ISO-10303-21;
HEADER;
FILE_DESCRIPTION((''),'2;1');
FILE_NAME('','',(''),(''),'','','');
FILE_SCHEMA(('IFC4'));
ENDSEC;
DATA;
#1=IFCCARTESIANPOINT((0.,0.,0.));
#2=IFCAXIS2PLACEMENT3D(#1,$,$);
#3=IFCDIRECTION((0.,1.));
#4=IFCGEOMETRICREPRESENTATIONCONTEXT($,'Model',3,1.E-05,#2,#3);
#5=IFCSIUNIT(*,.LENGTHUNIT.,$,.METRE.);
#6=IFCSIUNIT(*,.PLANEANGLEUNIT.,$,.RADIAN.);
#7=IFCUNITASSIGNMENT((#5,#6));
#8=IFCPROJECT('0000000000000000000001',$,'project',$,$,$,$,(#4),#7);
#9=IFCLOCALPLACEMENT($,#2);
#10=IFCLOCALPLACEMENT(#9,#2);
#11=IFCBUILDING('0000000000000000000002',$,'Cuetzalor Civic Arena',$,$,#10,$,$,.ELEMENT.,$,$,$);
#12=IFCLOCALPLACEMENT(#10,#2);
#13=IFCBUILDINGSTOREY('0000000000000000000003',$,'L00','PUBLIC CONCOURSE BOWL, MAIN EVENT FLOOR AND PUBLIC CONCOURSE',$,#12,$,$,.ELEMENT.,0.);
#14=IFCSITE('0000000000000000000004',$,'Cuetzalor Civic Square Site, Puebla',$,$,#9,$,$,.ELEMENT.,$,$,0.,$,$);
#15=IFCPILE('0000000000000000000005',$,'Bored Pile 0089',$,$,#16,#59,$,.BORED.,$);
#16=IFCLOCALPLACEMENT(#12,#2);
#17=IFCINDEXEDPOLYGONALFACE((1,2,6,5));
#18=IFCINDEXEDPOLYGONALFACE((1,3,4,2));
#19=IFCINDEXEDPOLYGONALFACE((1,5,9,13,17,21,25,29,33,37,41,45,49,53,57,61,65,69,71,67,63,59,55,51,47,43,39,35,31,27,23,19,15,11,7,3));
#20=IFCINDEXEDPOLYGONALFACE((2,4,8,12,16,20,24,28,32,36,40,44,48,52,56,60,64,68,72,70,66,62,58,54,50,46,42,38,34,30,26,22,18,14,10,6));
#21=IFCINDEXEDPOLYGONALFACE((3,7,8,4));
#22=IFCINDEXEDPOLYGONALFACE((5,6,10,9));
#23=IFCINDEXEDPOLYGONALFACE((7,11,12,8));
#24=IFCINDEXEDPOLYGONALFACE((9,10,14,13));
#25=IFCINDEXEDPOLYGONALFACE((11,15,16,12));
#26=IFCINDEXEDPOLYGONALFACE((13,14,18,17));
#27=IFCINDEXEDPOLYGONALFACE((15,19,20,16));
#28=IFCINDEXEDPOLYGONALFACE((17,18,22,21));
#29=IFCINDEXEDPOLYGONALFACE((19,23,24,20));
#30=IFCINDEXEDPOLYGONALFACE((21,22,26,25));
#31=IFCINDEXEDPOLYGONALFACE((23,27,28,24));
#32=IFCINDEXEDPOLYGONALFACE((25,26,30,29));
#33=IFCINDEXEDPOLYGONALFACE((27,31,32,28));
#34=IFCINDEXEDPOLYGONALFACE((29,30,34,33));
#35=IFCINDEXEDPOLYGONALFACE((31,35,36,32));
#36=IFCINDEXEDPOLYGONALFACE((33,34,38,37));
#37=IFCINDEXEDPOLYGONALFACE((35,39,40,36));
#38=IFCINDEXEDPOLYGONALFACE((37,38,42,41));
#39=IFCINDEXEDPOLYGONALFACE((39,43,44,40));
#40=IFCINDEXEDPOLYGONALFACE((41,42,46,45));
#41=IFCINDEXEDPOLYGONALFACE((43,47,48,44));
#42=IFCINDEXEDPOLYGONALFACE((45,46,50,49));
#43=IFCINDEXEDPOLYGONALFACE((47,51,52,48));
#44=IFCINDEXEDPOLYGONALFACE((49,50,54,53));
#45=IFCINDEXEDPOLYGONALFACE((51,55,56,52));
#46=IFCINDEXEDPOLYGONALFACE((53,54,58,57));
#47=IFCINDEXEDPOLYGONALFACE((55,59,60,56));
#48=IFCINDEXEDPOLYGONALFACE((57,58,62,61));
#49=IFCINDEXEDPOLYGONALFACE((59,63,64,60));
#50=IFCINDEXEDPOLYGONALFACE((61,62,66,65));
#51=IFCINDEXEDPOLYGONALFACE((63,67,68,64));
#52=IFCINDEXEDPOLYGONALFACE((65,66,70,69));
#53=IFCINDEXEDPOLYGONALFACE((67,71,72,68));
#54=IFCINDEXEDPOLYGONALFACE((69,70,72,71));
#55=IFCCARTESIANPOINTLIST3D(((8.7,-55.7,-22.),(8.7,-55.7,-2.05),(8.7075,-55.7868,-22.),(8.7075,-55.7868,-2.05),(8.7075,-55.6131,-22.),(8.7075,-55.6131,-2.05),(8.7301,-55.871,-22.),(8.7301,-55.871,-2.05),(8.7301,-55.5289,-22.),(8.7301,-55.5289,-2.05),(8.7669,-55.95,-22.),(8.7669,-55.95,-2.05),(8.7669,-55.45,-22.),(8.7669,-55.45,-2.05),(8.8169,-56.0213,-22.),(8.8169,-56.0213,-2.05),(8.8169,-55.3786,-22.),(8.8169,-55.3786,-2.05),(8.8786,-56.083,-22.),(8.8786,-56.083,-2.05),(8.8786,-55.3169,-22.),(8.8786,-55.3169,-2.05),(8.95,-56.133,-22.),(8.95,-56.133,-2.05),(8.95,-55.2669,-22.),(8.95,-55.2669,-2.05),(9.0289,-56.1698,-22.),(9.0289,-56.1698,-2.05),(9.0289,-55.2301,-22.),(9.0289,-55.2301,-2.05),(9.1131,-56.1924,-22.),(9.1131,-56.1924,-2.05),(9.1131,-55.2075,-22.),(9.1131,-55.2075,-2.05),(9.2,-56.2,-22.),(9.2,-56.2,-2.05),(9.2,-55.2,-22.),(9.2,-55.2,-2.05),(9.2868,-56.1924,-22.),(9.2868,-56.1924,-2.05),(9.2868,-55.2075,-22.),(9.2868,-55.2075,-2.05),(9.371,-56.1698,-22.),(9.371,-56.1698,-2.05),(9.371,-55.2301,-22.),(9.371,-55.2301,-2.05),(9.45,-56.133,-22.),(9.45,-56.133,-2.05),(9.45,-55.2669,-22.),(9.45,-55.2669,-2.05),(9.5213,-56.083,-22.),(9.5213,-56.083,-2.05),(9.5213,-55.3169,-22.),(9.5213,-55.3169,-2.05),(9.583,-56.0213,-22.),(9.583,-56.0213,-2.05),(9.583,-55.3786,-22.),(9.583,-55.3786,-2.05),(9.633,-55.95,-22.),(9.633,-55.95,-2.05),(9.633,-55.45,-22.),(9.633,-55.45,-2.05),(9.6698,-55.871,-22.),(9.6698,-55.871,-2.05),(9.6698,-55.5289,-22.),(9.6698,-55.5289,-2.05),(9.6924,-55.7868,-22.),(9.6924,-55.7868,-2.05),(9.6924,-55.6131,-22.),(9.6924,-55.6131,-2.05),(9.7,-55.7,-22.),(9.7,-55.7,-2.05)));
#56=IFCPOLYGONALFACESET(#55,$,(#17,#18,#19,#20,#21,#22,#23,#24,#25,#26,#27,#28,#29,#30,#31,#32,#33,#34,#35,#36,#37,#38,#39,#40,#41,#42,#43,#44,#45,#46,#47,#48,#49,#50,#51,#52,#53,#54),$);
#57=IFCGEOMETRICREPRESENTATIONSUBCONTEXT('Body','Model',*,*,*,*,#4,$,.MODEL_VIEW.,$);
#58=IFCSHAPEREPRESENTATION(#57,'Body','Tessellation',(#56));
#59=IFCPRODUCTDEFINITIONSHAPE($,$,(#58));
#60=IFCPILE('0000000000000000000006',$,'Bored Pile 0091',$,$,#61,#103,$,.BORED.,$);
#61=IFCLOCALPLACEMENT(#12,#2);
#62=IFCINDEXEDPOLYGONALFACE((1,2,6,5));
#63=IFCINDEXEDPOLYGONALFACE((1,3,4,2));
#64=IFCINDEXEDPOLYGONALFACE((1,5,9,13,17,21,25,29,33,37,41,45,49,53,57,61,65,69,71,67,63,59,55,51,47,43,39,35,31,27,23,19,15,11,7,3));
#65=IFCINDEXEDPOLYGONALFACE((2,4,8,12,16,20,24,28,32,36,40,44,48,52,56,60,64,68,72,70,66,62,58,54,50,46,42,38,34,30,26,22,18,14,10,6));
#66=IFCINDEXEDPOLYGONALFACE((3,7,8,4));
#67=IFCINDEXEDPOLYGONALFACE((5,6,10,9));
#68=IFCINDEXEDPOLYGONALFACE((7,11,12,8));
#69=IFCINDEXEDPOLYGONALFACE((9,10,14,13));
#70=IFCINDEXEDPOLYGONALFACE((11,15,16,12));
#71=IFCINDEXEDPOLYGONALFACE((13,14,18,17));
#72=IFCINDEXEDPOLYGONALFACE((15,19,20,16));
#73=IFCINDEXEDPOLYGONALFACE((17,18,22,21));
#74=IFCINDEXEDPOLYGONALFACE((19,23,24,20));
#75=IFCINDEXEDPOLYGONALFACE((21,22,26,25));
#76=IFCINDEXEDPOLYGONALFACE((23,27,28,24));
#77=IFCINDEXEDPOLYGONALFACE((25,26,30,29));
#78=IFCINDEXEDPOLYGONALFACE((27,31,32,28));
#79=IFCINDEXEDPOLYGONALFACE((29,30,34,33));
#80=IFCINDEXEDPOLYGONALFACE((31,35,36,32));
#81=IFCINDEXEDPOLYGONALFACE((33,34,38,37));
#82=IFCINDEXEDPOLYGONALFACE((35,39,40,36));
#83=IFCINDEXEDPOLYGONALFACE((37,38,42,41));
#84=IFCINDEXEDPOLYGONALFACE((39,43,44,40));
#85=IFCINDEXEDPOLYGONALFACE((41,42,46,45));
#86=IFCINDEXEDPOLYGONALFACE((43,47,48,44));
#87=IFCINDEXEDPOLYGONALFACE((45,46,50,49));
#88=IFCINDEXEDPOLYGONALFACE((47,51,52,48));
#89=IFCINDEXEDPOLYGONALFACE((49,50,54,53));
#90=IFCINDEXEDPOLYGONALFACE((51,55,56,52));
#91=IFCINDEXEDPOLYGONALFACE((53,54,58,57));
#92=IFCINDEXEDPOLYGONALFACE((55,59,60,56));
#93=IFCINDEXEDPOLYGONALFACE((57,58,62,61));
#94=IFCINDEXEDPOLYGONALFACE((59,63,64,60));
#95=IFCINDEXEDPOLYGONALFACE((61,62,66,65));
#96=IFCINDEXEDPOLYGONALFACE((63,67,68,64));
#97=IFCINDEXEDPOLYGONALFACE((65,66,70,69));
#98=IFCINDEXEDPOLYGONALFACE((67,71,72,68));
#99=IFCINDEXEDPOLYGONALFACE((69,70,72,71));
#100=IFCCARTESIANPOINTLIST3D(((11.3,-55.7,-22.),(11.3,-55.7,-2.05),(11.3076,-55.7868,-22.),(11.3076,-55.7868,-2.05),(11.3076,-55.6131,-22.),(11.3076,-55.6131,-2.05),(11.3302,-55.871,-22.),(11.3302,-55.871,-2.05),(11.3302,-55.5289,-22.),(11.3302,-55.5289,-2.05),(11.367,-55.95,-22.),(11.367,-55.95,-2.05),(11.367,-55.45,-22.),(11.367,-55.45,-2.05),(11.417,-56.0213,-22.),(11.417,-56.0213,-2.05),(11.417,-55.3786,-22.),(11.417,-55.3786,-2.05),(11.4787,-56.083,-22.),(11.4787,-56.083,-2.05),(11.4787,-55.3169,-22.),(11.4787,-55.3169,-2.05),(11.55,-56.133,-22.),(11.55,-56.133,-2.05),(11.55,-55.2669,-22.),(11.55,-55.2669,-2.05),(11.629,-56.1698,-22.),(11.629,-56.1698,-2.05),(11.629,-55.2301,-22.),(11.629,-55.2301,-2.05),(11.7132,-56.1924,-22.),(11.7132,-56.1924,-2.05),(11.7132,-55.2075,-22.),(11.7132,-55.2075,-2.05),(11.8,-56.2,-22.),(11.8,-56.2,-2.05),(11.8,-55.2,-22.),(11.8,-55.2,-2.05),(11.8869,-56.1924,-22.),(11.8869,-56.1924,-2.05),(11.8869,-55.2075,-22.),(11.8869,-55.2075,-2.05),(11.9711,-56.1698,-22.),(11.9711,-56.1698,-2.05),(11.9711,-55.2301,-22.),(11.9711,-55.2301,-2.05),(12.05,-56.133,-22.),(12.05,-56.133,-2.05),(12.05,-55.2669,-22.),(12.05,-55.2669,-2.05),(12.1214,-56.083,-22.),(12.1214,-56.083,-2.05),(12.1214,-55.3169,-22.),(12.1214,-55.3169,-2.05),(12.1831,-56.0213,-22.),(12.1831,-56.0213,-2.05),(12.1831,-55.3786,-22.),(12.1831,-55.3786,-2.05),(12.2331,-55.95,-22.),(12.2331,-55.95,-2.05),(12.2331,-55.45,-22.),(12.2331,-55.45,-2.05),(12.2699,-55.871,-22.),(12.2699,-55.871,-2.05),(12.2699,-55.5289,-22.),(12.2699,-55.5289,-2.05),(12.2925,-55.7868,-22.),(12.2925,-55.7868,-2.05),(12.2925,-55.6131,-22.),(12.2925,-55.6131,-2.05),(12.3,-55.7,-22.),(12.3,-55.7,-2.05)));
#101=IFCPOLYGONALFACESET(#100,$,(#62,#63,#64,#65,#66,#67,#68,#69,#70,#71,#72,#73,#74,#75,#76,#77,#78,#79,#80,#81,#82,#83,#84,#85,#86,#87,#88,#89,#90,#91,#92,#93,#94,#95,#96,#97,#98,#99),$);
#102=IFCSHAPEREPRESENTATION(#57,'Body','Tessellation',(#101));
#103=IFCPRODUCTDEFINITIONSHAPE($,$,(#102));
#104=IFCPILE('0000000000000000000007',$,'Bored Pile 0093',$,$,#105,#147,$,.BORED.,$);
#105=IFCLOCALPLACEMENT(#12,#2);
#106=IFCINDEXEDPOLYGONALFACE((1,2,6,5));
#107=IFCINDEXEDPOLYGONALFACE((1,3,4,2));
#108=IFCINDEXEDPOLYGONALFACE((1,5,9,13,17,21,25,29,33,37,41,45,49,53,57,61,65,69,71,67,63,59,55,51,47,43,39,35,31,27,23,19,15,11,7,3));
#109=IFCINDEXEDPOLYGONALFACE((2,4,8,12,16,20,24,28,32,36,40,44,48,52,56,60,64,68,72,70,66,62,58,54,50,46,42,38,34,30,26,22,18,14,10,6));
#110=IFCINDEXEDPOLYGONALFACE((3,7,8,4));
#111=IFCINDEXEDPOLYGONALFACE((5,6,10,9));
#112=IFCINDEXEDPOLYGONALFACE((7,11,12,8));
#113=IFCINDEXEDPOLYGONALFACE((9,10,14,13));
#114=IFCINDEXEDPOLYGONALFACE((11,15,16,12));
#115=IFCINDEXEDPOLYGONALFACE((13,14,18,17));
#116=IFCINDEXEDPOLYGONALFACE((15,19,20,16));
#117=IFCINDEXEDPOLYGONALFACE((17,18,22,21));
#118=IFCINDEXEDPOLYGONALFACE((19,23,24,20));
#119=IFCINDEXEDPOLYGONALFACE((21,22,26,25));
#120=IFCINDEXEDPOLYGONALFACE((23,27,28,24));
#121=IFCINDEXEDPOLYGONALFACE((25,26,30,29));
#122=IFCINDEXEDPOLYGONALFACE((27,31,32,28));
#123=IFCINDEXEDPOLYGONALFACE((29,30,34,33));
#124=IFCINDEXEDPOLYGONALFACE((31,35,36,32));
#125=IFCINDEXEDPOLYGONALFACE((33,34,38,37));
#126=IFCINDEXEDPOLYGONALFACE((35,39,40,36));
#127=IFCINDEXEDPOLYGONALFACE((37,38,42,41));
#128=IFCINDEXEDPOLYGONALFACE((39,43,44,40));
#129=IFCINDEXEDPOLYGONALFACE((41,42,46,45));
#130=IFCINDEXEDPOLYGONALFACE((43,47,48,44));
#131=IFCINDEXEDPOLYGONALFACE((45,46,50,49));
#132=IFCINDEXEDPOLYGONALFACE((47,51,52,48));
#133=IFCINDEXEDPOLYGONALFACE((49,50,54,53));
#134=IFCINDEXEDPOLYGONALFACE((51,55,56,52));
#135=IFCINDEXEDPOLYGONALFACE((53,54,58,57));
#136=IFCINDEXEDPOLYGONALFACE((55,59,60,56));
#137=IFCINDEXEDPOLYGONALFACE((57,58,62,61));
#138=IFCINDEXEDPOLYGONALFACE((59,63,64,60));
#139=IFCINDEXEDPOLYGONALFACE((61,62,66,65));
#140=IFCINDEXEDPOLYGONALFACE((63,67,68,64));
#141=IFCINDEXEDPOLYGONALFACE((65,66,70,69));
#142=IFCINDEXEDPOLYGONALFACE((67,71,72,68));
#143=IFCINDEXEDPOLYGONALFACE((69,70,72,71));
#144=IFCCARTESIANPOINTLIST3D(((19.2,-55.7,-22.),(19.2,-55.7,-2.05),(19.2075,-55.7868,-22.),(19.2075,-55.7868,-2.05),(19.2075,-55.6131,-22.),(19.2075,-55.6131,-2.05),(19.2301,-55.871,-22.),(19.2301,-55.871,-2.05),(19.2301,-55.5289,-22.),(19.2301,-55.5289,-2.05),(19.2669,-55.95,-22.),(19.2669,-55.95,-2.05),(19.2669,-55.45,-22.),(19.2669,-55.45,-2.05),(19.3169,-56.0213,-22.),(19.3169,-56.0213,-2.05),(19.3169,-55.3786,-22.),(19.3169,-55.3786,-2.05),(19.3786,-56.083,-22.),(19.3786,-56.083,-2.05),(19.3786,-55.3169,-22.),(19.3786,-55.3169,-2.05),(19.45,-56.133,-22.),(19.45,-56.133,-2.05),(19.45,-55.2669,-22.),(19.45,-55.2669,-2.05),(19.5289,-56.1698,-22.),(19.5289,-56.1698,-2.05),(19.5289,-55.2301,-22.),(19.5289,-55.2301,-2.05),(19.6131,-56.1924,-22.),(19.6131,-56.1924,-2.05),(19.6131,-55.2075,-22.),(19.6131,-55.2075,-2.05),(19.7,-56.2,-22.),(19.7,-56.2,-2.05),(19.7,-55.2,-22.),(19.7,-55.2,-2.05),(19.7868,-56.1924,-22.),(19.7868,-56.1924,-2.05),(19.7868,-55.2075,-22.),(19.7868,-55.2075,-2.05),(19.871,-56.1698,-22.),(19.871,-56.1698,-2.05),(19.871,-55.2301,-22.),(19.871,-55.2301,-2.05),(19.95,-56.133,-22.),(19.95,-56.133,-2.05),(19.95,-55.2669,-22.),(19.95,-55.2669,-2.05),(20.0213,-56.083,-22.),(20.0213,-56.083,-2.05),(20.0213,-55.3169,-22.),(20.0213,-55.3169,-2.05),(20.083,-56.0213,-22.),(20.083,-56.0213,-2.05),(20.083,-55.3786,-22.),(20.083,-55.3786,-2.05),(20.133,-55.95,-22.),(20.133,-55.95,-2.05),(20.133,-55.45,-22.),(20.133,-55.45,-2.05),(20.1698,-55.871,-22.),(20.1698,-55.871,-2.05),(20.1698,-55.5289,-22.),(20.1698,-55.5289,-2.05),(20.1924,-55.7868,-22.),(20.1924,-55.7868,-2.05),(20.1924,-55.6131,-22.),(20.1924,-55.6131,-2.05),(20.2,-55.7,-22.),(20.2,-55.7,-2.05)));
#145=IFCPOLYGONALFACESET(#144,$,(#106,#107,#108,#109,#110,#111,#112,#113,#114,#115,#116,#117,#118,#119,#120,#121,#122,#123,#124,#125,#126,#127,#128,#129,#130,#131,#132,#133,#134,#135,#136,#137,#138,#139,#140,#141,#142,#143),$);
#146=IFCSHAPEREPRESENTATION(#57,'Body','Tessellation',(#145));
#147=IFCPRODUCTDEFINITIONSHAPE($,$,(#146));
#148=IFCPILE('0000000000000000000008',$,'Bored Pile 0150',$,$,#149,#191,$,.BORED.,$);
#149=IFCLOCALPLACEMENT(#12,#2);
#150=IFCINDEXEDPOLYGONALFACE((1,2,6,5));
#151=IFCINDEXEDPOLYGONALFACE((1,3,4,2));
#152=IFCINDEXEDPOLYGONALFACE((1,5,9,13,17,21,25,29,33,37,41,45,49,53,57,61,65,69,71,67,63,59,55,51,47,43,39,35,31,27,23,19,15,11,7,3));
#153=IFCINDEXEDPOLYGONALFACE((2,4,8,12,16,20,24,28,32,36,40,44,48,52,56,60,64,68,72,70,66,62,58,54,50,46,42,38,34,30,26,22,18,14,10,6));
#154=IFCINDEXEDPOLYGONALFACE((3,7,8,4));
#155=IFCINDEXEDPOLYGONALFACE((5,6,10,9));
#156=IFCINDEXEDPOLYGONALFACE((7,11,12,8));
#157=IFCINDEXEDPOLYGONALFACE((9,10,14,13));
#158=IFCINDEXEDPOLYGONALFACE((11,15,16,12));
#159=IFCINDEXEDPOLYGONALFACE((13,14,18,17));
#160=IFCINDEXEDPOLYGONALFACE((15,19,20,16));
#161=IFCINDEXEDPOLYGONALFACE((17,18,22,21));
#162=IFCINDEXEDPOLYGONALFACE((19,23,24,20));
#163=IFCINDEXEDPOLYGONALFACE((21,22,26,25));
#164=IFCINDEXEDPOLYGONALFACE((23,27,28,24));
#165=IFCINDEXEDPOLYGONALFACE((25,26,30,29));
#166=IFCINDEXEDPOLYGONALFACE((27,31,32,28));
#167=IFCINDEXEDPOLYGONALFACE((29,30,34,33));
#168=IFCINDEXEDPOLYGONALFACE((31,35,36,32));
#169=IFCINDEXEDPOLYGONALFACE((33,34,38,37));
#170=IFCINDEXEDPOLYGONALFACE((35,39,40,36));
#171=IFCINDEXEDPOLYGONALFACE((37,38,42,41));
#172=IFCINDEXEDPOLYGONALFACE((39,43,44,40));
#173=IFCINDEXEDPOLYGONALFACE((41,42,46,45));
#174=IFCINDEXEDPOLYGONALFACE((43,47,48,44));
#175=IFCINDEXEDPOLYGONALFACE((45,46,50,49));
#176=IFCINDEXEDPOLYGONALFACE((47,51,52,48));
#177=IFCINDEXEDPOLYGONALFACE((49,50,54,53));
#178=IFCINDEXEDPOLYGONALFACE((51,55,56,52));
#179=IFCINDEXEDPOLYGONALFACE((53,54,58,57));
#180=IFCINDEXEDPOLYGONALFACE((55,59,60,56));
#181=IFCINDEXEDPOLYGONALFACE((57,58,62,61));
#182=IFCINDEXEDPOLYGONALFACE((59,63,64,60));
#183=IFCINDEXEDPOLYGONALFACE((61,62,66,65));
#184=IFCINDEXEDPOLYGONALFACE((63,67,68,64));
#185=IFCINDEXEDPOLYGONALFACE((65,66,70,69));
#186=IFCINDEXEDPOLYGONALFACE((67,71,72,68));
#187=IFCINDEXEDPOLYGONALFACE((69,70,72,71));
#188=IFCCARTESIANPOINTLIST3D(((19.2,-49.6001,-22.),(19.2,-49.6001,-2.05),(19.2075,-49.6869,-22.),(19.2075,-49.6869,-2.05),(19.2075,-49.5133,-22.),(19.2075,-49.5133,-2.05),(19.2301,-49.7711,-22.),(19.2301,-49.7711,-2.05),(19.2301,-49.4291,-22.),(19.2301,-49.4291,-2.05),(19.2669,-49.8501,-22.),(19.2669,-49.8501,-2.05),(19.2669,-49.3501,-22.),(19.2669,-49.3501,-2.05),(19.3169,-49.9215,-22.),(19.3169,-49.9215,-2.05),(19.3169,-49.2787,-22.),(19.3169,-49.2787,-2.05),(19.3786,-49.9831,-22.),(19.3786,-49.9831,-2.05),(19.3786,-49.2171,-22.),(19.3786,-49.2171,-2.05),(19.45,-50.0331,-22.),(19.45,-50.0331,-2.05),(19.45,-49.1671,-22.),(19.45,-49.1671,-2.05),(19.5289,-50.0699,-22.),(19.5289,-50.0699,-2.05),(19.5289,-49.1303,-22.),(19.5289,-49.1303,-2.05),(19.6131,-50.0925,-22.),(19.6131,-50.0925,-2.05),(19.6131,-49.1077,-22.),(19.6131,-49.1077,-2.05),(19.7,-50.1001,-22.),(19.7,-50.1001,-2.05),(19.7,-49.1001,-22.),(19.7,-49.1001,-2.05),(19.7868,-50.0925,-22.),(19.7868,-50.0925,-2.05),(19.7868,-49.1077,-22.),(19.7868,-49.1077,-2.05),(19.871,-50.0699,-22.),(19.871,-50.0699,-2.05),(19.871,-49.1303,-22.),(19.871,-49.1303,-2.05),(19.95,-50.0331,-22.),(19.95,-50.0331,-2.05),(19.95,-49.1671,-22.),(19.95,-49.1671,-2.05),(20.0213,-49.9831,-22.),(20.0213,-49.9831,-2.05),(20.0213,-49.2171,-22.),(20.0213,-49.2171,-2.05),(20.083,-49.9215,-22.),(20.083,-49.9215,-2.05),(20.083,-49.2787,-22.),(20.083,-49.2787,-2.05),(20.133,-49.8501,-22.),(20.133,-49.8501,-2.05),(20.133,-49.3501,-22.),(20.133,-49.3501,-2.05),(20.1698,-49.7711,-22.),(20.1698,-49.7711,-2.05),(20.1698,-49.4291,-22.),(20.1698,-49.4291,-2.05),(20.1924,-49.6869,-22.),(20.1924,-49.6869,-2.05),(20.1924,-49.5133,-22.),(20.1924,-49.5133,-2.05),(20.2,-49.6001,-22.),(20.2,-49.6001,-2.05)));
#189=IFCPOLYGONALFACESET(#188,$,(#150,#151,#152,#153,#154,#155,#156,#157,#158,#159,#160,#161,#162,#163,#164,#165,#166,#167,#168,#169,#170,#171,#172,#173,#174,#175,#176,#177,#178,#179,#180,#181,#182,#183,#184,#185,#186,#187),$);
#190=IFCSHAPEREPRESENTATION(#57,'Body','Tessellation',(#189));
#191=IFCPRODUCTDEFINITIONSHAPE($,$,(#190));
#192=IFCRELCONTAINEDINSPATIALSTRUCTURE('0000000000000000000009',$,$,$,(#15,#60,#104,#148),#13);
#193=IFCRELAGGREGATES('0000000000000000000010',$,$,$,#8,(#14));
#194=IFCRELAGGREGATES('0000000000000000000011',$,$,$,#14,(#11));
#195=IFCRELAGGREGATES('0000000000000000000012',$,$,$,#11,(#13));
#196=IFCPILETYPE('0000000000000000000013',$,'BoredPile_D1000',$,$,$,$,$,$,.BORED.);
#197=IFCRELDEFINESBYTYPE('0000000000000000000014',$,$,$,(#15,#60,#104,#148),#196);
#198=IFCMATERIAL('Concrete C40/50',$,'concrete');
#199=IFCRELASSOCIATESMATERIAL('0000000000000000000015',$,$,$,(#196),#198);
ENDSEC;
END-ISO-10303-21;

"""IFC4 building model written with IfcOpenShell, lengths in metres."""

from ifc_helpers import new_model, si_unit, direction, frame, origin, origin_2d, place, context, subcontext, project, spatial, circle, extrude, material, material_profile, profile_set, type_object, element, save


model = new_model("IFC4")

# Units and contexts
model_context = context("Model", 3, precision=1e-05, world=origin(), true_north=direction((0.0, 1.0)))
body_context = subcontext(model_context, "Body", "Model", "MODEL_VIEW")
ifc_project = project(units=[si_unit("LENGTHUNIT", "METRE"), si_unit("PLANEANGLEUNIT", "RADIAN")], contexts=[model_context])

# Site, building, storey
site_placement = place(None, origin())
site = spatial("IfcSite", under=ifc_project, at=site_placement, Name="Cuetzalor Civic Square Site, Puebla", CompositionType="ELEMENT", RefElevation=0.0)
building_placement = place(site_placement, origin())
building = spatial("IfcBuilding", under=site, at=building_placement, Name="Cuetzalor Civic Arena", CompositionType="ELEMENT")
storey_placement = place(building_placement, origin())
storey = spatial("IfcBuildingStorey", under=building, at=storey_placement, Name="L00", Description="PUBLIC CONCOURSE BOWL, MAIN EVENT FLOOR AND PUBLIC CONCOURSE", CompositionType="ELEMENT", Elevation=0.0)

# Piles
ifc_material_1 = material(Name="Concrete C40/50", Category="concrete")
ifc_material_profile_1 = material_profile(ifc_material_1, circle(Radius=0.5, at=origin_2d()), Name="BORED PILE D1000")
ifc_profile_set_1 = profile_set([ifc_material_profile_1], Name="Concrete C40/50")
pile_type_1 = type_object("IfcPileType", Name="BoredPile_D1000", PredefinedType="BORED", material=ifc_profile_set_1)
for number, where, z_axis, x_axis, name in (
    (1, (9.2, -55.7, -2.05), (0.0, 0.0, -1.0), (1.0, 0.0, 0.0), "Bored Pile 0089"),
    (2, (11.8, -55.7, -2.05), (0.0, 0.0, -1.0), (1.0, 0.0, 0.0), "Bored Pile 0091"),
    (3, (19.7, -55.7, -2.05), (0.0, 0.0, -1.0), (1.0, 0.0, 0.0), "Bored Pile 0093"),
    (4, (19.7, -49.6001, -2.05), (0.0, 0.0, -1.0), (1.0, 0.0, 0.0), "Bored Pile 0150"),
):
    element("IfcPile", number, at=place(storey_placement, frame(where, z_axis=z_axis, x_axis=x_axis)), inside=storey, type_object=pile_type_1, Name=name, PredefinedType="BORED", context=body_context, shape_type="SweptSolid", body=[
        extrude(circle(Radius=0.5, at=origin_2d()), origin(), (0.0, 0.0, 1.0), 19.95),
    ])

save(model, "model.ifc")
